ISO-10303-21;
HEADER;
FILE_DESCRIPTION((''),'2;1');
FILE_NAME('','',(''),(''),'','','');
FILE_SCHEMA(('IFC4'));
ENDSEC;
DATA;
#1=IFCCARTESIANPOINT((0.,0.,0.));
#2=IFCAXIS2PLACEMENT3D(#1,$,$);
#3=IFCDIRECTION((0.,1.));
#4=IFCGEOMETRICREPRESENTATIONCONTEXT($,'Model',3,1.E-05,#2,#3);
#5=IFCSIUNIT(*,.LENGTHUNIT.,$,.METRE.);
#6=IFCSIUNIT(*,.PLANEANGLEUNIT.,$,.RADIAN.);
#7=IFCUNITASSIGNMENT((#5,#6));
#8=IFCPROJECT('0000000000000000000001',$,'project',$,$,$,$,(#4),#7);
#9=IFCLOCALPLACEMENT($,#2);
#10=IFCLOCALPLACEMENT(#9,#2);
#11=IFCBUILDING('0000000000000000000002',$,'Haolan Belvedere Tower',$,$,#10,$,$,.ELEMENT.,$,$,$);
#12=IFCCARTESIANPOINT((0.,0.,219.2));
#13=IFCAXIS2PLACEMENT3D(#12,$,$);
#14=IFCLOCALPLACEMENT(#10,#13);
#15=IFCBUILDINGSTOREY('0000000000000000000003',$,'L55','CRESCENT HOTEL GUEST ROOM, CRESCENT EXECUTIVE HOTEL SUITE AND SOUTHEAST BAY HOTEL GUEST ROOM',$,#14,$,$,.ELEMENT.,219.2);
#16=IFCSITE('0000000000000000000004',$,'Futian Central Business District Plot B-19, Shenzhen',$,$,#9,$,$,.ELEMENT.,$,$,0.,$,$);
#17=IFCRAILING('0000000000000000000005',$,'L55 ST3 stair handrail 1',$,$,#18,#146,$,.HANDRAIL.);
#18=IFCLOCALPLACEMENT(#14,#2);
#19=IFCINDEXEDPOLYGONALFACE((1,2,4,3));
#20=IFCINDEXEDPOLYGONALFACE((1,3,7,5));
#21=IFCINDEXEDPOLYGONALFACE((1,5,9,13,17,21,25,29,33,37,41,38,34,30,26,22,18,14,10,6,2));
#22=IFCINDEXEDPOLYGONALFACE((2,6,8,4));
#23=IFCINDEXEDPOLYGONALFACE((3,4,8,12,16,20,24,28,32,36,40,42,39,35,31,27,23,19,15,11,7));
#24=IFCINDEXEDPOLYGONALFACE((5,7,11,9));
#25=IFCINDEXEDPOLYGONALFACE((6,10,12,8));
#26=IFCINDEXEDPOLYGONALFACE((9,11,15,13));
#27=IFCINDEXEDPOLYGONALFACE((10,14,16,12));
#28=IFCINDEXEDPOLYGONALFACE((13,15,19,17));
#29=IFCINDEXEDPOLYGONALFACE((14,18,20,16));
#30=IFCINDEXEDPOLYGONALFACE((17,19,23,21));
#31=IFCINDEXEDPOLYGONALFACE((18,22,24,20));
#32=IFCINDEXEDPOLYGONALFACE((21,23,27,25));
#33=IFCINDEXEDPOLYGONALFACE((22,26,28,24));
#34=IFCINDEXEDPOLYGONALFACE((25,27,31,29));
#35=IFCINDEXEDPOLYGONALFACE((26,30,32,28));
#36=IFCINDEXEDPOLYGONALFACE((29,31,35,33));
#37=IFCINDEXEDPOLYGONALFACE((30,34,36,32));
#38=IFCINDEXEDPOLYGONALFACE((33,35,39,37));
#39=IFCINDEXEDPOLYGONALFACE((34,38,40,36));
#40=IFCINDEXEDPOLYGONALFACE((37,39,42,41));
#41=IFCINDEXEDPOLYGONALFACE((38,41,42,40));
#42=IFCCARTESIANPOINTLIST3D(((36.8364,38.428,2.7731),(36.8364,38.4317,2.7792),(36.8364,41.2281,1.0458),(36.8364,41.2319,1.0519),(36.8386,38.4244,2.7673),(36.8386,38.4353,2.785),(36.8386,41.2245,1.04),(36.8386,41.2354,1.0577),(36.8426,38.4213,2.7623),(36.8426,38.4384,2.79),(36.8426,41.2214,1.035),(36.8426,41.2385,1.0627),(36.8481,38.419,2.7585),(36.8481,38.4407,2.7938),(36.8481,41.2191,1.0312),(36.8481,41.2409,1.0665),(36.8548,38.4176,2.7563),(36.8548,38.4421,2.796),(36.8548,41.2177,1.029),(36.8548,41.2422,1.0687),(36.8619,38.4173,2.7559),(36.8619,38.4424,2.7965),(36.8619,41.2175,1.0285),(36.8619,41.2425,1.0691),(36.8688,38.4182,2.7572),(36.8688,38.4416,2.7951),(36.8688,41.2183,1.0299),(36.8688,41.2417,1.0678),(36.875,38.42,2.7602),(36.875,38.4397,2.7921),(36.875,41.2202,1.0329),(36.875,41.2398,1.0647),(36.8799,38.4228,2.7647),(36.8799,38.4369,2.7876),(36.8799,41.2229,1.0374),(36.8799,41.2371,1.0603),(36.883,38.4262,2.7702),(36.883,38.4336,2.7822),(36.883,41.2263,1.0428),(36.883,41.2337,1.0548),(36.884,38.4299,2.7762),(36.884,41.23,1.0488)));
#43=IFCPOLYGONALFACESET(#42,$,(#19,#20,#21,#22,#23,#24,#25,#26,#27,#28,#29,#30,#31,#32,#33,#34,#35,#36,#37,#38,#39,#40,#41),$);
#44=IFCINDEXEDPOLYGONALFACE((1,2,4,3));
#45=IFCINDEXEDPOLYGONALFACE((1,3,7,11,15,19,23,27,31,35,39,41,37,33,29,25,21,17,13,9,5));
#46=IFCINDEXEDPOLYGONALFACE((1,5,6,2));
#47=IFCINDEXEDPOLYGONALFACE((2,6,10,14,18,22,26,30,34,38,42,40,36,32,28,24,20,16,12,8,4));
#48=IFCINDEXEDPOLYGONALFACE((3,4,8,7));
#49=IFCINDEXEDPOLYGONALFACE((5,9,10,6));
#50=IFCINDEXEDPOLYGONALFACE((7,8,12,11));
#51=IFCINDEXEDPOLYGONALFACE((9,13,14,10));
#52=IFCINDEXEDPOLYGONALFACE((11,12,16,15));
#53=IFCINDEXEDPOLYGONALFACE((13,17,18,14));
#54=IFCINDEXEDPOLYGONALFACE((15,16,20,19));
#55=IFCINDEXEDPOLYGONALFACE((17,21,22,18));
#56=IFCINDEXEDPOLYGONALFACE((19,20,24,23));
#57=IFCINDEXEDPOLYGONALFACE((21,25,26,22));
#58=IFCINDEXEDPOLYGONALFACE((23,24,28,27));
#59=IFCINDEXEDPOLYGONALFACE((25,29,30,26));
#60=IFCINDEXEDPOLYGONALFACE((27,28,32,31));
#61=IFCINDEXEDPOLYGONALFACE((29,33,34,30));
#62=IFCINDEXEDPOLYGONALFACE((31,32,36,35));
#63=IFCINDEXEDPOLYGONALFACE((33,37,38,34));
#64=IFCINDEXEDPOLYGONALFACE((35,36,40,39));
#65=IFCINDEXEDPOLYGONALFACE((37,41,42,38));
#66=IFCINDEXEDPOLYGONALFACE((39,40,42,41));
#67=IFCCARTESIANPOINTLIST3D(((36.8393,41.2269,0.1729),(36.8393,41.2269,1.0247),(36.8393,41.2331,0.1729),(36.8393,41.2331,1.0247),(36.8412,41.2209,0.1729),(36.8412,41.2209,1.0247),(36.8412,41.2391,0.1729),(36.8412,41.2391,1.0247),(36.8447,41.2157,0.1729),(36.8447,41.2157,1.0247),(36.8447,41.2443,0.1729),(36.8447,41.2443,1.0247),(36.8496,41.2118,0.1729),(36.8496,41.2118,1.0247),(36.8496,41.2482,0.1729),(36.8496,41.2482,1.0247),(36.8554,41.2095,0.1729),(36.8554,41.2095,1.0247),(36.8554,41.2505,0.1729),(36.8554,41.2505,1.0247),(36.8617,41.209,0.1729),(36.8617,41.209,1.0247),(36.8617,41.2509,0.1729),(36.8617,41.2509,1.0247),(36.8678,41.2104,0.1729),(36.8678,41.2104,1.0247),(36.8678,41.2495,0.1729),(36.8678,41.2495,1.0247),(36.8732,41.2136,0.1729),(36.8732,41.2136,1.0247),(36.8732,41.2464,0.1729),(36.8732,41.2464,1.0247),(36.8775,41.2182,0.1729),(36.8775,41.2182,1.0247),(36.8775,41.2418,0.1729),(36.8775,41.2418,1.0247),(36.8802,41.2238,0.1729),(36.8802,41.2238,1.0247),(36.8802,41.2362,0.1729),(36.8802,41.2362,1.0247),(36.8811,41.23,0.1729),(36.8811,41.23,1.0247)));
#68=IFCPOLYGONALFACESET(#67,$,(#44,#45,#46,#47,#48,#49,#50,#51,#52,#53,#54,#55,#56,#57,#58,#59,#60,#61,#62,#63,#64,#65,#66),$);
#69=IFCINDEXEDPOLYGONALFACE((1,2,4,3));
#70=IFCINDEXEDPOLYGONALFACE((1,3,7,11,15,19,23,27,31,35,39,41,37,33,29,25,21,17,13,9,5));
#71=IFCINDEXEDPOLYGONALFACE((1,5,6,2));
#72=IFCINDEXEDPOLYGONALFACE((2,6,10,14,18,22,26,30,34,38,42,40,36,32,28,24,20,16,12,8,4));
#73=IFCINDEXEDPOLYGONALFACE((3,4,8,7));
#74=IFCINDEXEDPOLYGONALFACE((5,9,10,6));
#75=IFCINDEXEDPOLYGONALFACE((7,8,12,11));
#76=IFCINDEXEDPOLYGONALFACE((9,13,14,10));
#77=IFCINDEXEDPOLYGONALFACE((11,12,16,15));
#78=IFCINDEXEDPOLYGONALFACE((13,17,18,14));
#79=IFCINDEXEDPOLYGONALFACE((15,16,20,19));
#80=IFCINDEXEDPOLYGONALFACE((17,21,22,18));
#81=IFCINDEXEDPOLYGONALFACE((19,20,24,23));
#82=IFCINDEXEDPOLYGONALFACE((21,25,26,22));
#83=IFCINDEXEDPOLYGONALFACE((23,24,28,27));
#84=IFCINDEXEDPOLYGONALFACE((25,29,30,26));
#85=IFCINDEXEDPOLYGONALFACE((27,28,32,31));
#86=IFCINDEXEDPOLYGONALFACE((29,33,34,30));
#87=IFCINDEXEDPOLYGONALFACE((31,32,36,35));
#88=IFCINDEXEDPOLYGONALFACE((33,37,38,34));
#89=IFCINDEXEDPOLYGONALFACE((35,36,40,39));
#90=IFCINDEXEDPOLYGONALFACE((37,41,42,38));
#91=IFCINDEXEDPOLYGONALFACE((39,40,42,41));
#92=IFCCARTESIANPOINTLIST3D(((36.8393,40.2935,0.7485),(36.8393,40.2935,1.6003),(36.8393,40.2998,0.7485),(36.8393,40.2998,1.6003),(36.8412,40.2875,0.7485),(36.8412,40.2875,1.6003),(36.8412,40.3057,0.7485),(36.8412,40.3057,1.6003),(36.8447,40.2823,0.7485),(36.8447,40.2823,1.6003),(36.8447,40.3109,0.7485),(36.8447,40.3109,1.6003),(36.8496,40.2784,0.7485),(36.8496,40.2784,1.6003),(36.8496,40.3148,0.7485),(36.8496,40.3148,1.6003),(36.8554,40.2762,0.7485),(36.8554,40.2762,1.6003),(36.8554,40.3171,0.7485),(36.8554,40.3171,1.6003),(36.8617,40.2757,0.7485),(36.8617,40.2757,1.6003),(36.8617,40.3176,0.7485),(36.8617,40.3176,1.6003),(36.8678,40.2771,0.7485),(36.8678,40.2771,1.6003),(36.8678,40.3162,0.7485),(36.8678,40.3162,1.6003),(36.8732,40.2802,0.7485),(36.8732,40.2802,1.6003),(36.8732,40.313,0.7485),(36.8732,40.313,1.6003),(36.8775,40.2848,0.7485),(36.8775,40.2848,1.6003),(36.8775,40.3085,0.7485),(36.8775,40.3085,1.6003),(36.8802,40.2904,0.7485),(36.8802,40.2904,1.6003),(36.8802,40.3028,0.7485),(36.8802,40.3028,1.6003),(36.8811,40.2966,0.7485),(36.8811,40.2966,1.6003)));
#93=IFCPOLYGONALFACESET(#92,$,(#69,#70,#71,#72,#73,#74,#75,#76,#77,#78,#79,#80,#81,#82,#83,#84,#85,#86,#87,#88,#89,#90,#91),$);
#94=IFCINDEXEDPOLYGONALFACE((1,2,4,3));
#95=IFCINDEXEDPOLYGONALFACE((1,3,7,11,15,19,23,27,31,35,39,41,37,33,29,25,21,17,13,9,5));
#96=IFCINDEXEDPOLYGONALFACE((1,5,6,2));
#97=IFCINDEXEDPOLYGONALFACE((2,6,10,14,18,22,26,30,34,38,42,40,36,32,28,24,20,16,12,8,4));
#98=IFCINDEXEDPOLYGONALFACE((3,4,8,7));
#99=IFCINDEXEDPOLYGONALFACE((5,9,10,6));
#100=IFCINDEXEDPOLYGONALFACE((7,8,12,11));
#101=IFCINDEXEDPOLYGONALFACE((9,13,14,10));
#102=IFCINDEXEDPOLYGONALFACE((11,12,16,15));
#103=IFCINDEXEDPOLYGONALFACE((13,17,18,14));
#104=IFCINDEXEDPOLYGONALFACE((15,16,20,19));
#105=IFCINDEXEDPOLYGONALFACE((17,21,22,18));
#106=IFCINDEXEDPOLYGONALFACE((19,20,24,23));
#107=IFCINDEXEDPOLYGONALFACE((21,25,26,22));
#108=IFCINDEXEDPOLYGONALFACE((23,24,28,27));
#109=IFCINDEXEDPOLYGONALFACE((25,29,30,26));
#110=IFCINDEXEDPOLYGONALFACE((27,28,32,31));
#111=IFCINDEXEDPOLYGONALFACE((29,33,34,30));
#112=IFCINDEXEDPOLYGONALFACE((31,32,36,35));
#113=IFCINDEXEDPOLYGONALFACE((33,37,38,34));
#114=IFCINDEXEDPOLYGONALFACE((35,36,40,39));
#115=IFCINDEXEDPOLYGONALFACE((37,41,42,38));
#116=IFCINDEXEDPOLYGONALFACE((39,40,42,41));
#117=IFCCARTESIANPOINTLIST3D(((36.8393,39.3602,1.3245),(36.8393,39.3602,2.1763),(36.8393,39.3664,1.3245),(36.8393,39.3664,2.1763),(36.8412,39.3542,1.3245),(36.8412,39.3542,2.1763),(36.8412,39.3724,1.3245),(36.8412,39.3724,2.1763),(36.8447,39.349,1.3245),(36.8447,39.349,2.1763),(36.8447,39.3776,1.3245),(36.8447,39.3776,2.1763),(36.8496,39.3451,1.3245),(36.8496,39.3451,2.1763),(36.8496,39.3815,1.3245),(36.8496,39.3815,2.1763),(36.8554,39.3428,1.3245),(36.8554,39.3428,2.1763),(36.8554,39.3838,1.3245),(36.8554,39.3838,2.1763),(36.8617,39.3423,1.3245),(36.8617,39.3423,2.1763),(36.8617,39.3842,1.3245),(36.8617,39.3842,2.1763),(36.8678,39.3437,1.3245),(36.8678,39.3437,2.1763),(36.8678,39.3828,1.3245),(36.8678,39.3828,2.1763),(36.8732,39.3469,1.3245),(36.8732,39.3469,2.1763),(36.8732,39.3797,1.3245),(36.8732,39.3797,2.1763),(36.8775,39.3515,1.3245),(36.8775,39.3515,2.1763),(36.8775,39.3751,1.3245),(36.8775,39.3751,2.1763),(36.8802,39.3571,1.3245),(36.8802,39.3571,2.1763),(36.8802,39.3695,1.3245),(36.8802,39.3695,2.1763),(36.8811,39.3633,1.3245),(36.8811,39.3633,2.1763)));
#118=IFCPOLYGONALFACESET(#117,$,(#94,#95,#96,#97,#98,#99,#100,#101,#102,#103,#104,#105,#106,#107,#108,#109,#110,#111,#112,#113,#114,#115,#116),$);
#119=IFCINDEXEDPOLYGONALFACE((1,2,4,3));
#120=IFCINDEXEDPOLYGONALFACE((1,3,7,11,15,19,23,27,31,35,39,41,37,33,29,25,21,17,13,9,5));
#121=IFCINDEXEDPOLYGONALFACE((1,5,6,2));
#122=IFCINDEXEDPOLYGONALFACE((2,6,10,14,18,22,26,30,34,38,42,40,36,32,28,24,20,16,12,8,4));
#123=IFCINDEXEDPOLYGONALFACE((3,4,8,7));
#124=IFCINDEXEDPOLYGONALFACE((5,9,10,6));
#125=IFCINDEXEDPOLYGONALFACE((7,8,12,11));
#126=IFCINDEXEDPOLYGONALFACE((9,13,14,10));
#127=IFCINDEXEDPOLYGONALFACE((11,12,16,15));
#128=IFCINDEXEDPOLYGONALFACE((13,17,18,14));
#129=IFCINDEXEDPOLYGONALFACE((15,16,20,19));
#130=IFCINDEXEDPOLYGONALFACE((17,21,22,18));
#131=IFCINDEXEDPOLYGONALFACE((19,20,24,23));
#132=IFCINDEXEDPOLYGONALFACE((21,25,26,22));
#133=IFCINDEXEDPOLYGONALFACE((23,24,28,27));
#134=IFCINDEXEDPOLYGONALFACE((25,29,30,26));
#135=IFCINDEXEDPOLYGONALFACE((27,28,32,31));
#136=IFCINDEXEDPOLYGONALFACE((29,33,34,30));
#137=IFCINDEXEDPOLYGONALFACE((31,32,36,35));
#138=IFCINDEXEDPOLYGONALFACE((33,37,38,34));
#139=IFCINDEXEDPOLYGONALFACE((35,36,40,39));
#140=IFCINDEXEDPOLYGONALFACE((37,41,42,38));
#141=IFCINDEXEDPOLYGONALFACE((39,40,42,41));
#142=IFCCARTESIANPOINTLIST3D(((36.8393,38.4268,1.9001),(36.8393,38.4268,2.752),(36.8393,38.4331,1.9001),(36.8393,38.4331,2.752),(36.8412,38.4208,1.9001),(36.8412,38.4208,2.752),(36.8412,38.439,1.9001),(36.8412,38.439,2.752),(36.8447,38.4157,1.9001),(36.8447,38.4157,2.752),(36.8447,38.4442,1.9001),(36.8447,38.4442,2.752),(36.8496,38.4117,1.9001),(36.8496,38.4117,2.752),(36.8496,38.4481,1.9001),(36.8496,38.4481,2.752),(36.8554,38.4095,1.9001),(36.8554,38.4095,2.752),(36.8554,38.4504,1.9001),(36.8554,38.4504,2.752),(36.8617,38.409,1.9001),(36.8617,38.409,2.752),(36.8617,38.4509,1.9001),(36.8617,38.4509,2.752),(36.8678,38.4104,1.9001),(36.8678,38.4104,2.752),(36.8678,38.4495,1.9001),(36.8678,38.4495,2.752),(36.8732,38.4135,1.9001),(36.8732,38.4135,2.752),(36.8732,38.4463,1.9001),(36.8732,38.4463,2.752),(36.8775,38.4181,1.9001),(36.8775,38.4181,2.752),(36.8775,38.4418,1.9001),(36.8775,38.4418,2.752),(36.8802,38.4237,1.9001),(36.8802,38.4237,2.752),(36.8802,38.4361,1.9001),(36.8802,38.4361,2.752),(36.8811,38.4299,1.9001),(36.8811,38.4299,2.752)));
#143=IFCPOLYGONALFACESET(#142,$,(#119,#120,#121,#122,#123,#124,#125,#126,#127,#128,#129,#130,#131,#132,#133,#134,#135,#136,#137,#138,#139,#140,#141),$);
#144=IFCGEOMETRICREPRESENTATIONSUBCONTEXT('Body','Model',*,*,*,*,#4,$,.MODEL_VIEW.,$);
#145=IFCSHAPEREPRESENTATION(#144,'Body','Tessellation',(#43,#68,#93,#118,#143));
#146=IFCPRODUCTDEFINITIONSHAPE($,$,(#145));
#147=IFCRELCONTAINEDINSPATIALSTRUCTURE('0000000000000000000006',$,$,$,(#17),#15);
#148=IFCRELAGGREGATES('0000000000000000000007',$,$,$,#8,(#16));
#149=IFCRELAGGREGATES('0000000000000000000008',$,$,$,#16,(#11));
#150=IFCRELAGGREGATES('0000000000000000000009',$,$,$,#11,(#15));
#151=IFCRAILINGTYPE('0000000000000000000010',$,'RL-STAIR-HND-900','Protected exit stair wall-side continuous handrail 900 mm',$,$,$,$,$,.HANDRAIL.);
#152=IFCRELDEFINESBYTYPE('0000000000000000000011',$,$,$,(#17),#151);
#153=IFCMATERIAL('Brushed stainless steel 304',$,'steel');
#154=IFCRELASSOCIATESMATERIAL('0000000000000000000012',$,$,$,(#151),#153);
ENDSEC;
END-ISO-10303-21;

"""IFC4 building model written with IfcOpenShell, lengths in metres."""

from ifc_helpers import new_model, si_unit, direction, frame, origin, origin_2d, place, context, subcontext, project, spatial, circle, extrude, material, type_object, element, save


model = new_model("IFC4")

# Units and contexts
model_context = context("Model", 3, precision=1e-05, world=origin(), true_north=direction((0.0, 1.0)))
body_context = subcontext(model_context, "Body", "Model", "MODEL_VIEW")
ifc_project = project(units=[si_unit("LENGTHUNIT", "METRE"), si_unit("PLANEANGLEUNIT", "RADIAN")], contexts=[model_context])

# Site, building, storey
site_placement = place(None, origin())
site = spatial("IfcSite", under=ifc_project, at=site_placement, Name="Futian Central Business District Plot B-19, Shenzhen", CompositionType="ELEMENT", RefElevation=0.0)
building_placement = place(site_placement, origin())
building = spatial("IfcBuilding", under=site, at=building_placement, Name="Haolan Belvedere Tower", CompositionType="ELEMENT")
storey_placement = place(building_placement, frame((0.0, 0.0, 219.2)))
storey = spatial("IfcBuildingStorey", under=building, at=storey_placement, Name="L55", Description="CRESCENT HOTEL GUEST ROOM, CRESCENT EXECUTIVE HOTEL SUITE AND SOUTHEAST BAY HOTEL GUEST ROOM", CompositionType="ELEMENT", Elevation=219.2)

# Railing
ifc_material_1 = material(Name="Brushed stainless steel 304", Category="steel")
railing_type_1 = type_object("IfcRailingType", Name="RL-STAIR-HND-900", Description="Protected exit stair wall-side continuous handrail 900 mm", PredefinedType="HANDRAIL", material=ifc_material_1)
railing_1_placement = place(storey_placement, frame((36.8601, 41.23, 0.1729)))
element("IfcRailing", 1, at=railing_1_placement, inside=storey, type_object=railing_type_1, Name="L55 ST3 stair handrail 1", PredefinedType="HANDRAIL", context=body_context, shape_type="SweptSolid", body=[
    extrude(circle(Radius=0.0239, at=origin_2d()), frame((0.0, 0.0, 0.876), z_axis=(0.0, -0.85109, 0.52502), x_axis=(1.0, 0.0, 0.0)), (0.0, 0.0, 1.0), 3.29),
    extrude(circle(Radius=0.021, at=origin_2d()), origin(), (0.0, 0.0, 1.0), 0.8518),
    extrude(circle(Radius=0.021, at=origin_2d()), frame((0.0, -0.9333, 0.5757)), (0.0, 0.0, 1.0), 0.8518),
    extrude(circle(Radius=0.021, at=origin_2d()), frame((0.0, -1.8667, 1.1516)), (0.0, 0.0, 1.0), 0.8518),
    extrude(circle(Radius=0.021, at=origin_2d()), frame((0.0, -2.8, 1.7273)), (0.0, 0.0, 1.0), 0.8518),
])

save(model, "model.ifc")
